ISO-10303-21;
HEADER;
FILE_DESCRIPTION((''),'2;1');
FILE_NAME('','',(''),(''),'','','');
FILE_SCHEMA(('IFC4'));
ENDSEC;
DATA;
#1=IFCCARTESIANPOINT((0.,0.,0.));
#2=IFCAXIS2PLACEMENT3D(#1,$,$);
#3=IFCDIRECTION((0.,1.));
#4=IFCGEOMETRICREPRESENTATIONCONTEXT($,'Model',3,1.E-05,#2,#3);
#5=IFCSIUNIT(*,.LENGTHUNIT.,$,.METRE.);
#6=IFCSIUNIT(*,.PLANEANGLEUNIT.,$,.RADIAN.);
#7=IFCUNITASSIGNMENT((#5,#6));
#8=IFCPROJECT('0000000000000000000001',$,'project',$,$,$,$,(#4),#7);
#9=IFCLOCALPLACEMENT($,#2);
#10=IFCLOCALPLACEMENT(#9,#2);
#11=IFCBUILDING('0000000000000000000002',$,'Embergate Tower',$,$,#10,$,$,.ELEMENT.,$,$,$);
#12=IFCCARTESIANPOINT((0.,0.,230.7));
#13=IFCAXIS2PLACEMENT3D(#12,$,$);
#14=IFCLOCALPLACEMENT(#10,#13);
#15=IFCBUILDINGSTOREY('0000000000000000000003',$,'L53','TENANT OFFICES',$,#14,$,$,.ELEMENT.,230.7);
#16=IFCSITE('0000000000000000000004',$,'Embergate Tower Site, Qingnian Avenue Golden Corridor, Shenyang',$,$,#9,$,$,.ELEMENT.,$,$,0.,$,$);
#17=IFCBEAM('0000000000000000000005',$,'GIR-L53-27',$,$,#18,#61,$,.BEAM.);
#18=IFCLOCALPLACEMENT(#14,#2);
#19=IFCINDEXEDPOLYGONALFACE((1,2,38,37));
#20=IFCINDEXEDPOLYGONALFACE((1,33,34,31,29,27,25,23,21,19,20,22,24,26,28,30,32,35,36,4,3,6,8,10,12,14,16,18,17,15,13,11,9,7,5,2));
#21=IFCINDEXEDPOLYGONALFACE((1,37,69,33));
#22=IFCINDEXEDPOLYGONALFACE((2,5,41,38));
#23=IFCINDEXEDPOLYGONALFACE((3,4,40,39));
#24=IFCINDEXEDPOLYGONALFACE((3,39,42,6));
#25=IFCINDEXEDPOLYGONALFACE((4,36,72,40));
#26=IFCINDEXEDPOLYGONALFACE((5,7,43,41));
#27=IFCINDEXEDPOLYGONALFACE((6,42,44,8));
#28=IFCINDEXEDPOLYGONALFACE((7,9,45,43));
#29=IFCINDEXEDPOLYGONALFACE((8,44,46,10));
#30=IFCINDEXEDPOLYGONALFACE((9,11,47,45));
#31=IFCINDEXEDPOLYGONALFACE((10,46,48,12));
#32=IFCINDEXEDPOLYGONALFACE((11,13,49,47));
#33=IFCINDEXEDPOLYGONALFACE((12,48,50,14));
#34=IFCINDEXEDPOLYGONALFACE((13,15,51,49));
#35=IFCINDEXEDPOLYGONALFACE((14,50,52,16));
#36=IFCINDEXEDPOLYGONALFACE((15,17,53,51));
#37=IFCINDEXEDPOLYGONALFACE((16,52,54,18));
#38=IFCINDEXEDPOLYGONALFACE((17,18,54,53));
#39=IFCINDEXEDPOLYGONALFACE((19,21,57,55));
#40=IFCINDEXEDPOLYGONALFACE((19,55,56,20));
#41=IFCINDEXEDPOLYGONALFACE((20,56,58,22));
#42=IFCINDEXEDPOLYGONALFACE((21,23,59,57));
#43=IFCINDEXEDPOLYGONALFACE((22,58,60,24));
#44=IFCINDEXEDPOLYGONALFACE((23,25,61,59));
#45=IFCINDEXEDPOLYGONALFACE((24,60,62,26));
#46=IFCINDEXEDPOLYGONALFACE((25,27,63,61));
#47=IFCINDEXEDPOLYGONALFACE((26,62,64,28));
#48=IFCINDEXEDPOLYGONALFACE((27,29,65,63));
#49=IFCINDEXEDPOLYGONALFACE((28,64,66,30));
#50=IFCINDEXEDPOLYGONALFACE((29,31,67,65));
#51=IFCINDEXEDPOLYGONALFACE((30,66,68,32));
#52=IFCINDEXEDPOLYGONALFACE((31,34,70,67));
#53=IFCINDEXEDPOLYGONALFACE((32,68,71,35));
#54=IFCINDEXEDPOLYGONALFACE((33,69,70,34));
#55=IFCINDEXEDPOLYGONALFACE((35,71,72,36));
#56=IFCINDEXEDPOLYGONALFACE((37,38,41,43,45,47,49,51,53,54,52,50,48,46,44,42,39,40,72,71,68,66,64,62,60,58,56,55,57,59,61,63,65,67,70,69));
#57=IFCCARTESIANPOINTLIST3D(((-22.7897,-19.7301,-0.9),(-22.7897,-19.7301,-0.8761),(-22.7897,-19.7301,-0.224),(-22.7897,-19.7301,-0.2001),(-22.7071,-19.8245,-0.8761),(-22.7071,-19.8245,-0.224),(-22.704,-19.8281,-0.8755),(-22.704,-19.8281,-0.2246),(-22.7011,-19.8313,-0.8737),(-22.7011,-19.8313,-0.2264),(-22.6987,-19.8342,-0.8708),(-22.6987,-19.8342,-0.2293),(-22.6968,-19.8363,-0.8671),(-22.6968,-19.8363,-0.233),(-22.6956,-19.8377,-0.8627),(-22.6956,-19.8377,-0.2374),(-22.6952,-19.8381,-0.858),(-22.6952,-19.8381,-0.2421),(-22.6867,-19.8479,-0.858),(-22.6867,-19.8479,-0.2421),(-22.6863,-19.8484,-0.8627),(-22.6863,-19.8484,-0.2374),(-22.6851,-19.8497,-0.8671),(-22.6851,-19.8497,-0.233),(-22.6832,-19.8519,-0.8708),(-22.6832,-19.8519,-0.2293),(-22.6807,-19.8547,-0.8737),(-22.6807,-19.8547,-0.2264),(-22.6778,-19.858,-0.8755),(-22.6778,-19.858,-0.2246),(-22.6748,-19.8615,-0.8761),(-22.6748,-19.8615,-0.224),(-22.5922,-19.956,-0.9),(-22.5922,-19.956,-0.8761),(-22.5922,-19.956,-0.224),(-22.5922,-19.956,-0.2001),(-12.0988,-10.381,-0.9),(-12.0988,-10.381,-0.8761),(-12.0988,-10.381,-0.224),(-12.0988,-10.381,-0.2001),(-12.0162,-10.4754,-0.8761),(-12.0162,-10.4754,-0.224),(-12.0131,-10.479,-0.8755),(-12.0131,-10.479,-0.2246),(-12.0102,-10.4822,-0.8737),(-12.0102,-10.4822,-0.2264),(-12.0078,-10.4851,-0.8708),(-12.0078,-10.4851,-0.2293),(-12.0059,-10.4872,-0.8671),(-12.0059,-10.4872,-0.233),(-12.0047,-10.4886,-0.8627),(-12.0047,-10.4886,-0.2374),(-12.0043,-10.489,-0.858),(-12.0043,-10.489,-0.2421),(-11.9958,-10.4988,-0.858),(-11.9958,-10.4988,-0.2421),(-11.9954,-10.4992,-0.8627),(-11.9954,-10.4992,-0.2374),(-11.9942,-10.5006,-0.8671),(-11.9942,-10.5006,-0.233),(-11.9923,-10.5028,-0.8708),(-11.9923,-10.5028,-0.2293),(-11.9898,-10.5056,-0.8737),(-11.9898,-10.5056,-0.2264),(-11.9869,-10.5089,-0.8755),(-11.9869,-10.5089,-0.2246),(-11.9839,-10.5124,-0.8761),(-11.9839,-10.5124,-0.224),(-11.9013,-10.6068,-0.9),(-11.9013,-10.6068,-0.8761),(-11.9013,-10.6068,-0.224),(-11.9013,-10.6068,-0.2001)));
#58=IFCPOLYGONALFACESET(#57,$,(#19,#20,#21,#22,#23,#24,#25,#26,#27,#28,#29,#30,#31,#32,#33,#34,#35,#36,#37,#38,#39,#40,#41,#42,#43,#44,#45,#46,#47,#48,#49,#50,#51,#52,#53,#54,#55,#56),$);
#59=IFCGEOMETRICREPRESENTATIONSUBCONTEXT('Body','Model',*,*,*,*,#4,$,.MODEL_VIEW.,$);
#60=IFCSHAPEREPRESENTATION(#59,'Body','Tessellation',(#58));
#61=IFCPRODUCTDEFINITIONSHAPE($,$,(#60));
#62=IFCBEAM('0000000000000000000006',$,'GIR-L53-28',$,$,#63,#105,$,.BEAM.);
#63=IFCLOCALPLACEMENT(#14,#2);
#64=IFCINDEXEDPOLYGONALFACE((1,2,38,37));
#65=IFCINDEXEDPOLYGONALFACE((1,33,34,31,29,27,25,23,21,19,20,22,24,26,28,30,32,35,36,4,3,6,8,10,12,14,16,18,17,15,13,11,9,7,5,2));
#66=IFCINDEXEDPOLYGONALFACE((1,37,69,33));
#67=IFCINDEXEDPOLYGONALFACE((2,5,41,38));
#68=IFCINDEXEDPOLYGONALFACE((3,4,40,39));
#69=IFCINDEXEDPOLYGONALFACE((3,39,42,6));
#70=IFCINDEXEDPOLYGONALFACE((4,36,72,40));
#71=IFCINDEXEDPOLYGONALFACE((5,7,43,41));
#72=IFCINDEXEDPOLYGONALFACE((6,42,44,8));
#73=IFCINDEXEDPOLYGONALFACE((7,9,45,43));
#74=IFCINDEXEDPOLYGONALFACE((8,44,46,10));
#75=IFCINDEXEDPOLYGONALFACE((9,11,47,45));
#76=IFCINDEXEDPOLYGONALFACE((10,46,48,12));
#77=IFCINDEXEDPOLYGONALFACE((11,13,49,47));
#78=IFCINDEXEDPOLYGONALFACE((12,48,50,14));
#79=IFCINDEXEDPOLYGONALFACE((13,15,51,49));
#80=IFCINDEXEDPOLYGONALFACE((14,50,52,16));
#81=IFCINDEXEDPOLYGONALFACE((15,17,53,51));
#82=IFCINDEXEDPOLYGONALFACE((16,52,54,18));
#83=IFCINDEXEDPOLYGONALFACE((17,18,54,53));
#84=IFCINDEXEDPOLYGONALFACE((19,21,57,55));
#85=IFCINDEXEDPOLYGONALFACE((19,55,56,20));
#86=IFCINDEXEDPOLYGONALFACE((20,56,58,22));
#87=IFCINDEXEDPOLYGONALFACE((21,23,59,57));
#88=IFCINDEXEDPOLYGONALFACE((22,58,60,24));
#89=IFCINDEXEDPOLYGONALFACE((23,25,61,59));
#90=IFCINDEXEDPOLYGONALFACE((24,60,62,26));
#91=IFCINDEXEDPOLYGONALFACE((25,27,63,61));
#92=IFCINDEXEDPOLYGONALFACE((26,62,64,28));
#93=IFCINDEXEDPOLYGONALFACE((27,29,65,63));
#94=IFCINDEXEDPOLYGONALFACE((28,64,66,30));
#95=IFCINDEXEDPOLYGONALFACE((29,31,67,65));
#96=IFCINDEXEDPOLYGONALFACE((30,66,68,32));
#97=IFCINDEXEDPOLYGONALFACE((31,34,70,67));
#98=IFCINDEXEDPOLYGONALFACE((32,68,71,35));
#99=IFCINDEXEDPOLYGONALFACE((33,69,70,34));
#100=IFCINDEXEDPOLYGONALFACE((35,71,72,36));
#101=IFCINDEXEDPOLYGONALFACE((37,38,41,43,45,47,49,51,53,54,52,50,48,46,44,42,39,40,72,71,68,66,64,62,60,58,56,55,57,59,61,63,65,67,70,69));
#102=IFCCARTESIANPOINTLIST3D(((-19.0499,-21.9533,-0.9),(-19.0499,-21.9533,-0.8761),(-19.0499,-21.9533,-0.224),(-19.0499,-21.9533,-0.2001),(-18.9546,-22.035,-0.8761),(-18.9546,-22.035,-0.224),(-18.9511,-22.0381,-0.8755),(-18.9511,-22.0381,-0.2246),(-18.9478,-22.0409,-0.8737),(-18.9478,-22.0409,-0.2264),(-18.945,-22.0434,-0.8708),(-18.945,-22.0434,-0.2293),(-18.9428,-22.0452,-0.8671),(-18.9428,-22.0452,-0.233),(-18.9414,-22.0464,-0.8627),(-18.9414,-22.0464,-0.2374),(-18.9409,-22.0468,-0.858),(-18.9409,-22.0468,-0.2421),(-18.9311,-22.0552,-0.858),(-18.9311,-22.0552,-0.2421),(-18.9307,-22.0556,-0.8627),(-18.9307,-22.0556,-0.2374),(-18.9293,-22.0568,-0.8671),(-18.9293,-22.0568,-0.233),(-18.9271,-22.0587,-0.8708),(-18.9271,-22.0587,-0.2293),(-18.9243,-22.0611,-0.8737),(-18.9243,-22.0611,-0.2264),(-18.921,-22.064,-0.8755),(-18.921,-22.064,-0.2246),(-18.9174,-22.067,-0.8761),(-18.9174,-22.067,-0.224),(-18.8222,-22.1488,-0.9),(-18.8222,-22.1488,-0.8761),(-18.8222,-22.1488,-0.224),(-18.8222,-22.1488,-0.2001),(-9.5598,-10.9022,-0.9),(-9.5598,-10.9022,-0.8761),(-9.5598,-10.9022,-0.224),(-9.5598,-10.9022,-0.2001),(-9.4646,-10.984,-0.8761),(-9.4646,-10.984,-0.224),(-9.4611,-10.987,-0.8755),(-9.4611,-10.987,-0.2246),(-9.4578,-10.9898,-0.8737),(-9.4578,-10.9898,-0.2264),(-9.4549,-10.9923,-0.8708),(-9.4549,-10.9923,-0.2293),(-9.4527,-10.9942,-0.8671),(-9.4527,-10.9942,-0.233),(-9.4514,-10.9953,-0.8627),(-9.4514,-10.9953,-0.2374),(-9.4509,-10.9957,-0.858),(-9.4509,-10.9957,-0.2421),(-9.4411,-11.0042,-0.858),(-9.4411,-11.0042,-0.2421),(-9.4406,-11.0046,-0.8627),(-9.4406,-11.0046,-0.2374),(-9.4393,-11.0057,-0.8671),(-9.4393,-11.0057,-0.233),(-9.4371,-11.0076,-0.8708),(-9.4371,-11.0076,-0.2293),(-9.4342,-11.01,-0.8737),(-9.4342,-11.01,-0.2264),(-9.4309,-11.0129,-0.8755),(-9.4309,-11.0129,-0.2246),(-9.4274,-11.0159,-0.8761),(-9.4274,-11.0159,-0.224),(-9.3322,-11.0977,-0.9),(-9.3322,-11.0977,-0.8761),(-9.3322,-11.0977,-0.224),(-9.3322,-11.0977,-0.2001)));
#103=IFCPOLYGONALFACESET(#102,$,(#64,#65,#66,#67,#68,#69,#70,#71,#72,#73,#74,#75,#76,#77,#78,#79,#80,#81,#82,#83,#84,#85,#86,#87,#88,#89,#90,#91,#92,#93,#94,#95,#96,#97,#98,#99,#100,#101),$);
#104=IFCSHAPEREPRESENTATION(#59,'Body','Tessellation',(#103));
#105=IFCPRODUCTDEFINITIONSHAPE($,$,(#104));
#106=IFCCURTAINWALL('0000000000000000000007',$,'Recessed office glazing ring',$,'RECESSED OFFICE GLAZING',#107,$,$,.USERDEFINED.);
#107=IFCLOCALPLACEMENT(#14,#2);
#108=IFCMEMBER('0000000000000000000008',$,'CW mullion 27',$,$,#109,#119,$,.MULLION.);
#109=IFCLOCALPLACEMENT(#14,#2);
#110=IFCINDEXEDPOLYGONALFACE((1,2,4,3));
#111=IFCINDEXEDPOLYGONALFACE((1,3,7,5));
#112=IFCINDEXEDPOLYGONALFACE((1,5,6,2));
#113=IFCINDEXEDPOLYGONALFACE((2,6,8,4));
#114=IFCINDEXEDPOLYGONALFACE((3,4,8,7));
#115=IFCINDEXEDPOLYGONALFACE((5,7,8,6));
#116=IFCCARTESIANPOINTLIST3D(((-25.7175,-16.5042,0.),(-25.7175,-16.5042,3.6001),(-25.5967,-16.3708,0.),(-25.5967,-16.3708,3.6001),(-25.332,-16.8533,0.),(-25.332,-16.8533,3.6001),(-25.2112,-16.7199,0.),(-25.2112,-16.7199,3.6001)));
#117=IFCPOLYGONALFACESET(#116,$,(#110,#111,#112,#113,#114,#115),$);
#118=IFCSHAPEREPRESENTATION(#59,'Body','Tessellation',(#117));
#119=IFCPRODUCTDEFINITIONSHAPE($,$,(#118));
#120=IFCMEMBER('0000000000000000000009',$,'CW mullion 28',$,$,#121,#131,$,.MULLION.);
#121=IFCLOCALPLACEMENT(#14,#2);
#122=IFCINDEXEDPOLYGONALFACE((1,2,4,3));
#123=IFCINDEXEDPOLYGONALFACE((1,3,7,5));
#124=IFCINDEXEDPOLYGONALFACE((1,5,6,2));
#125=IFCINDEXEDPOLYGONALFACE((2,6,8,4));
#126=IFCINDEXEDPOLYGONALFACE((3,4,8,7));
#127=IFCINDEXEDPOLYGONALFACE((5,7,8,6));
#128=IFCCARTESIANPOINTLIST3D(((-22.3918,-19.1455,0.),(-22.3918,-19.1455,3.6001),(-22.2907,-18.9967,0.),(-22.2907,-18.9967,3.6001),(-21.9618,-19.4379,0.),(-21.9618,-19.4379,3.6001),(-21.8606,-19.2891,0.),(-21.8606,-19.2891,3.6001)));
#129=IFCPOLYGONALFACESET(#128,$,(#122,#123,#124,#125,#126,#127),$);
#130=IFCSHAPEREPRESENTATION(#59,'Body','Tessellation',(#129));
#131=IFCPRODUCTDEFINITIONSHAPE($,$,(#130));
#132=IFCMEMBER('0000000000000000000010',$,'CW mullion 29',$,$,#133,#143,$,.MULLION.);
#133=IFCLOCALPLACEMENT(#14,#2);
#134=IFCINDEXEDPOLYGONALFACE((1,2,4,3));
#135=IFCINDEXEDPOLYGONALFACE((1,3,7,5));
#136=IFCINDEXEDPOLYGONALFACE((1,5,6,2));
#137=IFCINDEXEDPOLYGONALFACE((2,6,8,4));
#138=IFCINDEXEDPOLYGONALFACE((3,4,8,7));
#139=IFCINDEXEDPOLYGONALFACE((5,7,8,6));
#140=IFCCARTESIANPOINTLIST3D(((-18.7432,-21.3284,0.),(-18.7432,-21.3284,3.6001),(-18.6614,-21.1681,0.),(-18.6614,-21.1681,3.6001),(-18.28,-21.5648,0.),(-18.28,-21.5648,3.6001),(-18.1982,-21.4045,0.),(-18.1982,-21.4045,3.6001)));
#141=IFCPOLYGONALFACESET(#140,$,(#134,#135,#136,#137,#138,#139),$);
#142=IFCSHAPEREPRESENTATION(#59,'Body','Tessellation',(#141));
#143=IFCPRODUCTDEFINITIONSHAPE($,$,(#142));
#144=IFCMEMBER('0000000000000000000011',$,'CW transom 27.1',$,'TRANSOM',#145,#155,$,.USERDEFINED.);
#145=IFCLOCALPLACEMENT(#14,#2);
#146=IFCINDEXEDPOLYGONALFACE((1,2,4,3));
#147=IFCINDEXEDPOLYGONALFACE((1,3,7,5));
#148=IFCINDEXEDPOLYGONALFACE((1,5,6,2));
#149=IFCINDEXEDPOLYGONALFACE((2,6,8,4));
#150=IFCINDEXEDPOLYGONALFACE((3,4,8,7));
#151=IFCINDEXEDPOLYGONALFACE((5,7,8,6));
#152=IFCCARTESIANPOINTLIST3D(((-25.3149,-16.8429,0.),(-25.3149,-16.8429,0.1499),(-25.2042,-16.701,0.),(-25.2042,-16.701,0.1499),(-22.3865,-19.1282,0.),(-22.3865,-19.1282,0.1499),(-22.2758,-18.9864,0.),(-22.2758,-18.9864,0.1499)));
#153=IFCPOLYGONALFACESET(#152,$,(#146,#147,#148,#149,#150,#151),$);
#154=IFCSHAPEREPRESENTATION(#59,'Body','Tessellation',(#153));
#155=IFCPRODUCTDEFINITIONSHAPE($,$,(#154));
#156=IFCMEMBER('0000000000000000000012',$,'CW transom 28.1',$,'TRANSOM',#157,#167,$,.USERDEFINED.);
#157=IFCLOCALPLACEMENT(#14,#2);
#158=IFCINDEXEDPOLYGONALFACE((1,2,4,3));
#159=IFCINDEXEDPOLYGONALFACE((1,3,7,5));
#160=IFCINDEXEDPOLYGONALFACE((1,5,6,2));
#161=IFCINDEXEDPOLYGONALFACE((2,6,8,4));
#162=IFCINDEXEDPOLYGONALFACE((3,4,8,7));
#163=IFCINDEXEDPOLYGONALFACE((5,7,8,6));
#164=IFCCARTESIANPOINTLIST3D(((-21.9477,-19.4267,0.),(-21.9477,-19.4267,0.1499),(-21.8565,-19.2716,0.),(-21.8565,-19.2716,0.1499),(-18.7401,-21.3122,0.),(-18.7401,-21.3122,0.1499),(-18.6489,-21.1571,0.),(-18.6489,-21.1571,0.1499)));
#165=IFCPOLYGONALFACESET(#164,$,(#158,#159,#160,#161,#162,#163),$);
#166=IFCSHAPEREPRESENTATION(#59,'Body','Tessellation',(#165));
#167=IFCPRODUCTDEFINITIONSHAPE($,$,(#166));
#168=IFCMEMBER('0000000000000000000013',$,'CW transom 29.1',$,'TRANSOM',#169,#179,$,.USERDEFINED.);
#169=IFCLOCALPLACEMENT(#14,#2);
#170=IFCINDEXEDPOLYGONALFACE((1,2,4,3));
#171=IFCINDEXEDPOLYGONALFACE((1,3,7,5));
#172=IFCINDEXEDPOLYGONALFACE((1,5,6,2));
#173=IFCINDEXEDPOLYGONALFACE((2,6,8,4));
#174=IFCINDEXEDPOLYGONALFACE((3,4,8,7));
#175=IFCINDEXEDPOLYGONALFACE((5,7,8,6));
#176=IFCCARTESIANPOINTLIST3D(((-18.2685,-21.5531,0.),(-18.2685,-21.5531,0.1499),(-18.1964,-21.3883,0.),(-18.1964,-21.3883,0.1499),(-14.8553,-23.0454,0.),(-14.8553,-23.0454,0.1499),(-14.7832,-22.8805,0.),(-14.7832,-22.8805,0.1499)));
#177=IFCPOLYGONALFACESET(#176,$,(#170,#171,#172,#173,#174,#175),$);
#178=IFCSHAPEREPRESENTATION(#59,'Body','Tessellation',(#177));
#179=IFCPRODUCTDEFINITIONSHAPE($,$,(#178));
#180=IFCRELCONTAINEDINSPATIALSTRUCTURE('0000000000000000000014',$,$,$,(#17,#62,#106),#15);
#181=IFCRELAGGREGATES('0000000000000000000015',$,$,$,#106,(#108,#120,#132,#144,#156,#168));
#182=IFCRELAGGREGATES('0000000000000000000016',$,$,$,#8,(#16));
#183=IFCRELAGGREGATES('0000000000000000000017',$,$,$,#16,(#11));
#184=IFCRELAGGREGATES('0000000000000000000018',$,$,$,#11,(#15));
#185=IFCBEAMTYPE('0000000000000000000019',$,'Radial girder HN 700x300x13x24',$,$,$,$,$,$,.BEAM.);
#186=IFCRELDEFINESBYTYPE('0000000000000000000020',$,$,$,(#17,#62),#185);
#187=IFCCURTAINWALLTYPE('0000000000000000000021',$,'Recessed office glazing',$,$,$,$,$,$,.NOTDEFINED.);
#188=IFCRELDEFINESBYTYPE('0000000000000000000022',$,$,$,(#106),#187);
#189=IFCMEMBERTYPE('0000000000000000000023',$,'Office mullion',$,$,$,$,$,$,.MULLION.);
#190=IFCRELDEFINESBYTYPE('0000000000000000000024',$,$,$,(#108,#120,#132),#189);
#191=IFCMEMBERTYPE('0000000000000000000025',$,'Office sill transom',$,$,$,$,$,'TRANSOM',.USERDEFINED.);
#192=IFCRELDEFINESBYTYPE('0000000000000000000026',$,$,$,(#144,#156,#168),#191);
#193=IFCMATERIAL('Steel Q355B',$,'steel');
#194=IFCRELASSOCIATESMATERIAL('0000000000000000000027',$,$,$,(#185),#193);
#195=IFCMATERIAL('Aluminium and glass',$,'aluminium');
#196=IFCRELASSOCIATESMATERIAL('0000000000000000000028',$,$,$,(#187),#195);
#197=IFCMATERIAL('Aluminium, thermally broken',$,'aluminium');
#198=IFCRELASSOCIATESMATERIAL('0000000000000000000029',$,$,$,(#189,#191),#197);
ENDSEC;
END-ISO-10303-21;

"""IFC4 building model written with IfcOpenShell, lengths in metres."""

from ifc_helpers import new_model, si_unit, direction, frame, origin, origin_2d, place, context, subcontext, project, spatial, rectangle, i_section, extrude, source, transform, mapped, material, material_profile, profile_set, type_object, element, aggregate, save


model = new_model("IFC4")

# Units and contexts
model_context = context("Model", 3, precision=1e-05, world=origin(), true_north=direction((0.0, 1.0)))
body_context = subcontext(model_context, "Body", "Model", "MODEL_VIEW")
ifc_project = project(units=[si_unit("LENGTHUNIT", "METRE"), si_unit("PLANEANGLEUNIT", "RADIAN")], contexts=[model_context])

# Site, building, storey
site_placement = place(None, origin())
site = spatial("IfcSite", under=ifc_project, at=site_placement, Name="Embergate Tower Site, Qingnian Avenue Golden Corridor, Shenyang", CompositionType="ELEMENT", RefElevation=0.0)
building_placement = place(site_placement, origin())
building = spatial("IfcBuilding", under=site, at=building_placement, Name="Embergate Tower", CompositionType="ELEMENT")
storey_placement = place(building_placement, frame((0.0, 0.0, 230.7)))
storey = spatial("IfcBuildingStorey", under=building, at=storey_placement, Name="L53", Description="TENANT OFFICES", CompositionType="ELEMENT", Elevation=230.7)

# Beams
ifc_material_1 = material(Name="Steel Q355B", Category="steel")
ifc_material_profile_1 = material_profile(ifc_material_1, i_section(OverallWidth=0.3, OverallDepth=0.7, WebThickness=0.0129, FlangeThickness=0.0239, FilletRadius=0.0181, at=origin_2d()), Name="HN 700x300x13x24")
ifc_profile_set_1 = profile_set([ifc_material_profile_1], Name="Steel Q355 grade B")
beam_type_1 = type_object("IfcBeamType", Name="Radial girder HN 700x300x13x24", PredefinedType="BEAM", material=ifc_profile_set_1)
shared_shape_1 = source(origin(), body_context, "Body", "SweptSolid", [
    extrude(i_section(OverallWidth=0.3, OverallDepth=0.7, WebThickness=0.0129, FlangeThickness=0.0239, FilletRadius=0.0181, at=origin_2d()), origin(), (0.0, 0.0, 1.0), 14.2021),
])
beam_1_placement = place(storey_placement, frame((-22.6909, -19.843, -0.55), z_axis=(0.752766, 0.658288, 0.0), x_axis=(-0.658288, 0.752766, 0.0)))
element("IfcBeam", 1, at=beam_1_placement, inside=storey, type_object=beam_type_1, Name="GIR-L53-27", PredefinedType="BEAM", context=body_context, shape_type="MappedRepresentation", body=[
    mapped(shared_shape_1, transform((0.0, 0.0, 0.0))),
])
shared_shape_2 = source(origin(), body_context, "Body", "SweptSolid", [
    extrude(i_section(OverallWidth=0.3, OverallDepth=0.7, WebThickness=0.0129, FlangeThickness=0.0239, FilletRadius=0.0181, at=origin_2d()), origin(), (0.0, 0.0, 1.0), 14.5667),
])
beam_2_placement = place(storey_placement, frame((-18.936, -22.051, -0.55), z_axis=(0.651491, 0.758656, 0.0), x_axis=(-0.758656, 0.651491, 0.0)))
element("IfcBeam", 2, at=beam_2_placement, inside=storey, type_object=beam_type_1, Name="GIR-L53-28", PredefinedType="BEAM", context=body_context, shape_type="MappedRepresentation", body=[
    mapped(shared_shape_2, transform((0.0, 0.0, 0.0))),
])

# Curtain wall, members
ifc_material_2 = material(Name="Aluminium and glass", Category="aluminium")
curtain_wall_type = type_object("IfcCurtainWallType", Name="Recessed office glazing", PredefinedType="NOTDEFINED", material=ifc_material_2)
curtain_wall_placement = place(storey_placement, origin())
curtain_wall = element("IfcCurtainWall", 3, at=curtain_wall_placement, inside=storey, type_object=curtain_wall_type, Name="Recessed office glazing ring", ObjectType="RECESSED OFFICE GLAZING", PredefinedType="USERDEFINED")
ifc_material_3 = material(Name="Aluminium, thermally broken", Category="aluminium")
ifc_material_profile_2 = material_profile(ifc_material_3, rectangle(XDim=0.1799, YDim=0.52, at=origin_2d()), Name="AL 520x180")
ifc_profile_set_2 = profile_set([ifc_material_profile_2], Name="Aluminium, thermally broken")
member_type_1 = type_object("IfcMemberType", Name="Office mullion", PredefinedType="MULLION", material=ifc_profile_set_2)
shared_shape_3 = source(origin(), body_context, "Body", "SweptSolid", [
    extrude(rectangle(XDim=0.1799, YDim=0.52, at=origin_2d()), origin(), (0.0, 0.0, 1.0), 3.6001),
])
member_1_placement = place(storey_placement, frame((-25.4644, -16.6121, 0.0), z_axis=(0.0, 0.0, 1.0), x_axis=(0.671215, 0.741263, 0.0)))
member_1 = element("IfcMember", 4, at=member_1_placement, type_object=member_type_1, Name="CW mullion 27", PredefinedType="MULLION", context=body_context, shape_type="MappedRepresentation", body=[
    mapped(shared_shape_3, transform((0.0, 0.0, 0.0))),
])
member_2_placement = place(storey_placement, frame((-22.1262, -19.2173, 0.0), z_axis=(0.0, 0.0, 1.0), x_axis=(0.562205, 0.826998, 0.0)))
member_2 = element("IfcMember", 5, at=member_2_placement, type_object=member_type_1, Name="CW mullion 28", PredefinedType="MULLION", context=body_context, shape_type="MappedRepresentation", body=[
    mapped(shared_shape_3, transform((0.0, 0.0, 0.0))),
])
member_3_placement = place(storey_placement, frame((-18.4707, -21.3665, 0.0), z_axis=(0.0, 0.0, 1.0), x_axis=(0.4545, 0.890746, 0.0)))
member_3 = element("IfcMember", 6, at=member_3_placement, type_object=member_type_1, Name="CW mullion 29", PredefinedType="MULLION", context=body_context, shape_type="MappedRepresentation", body=[
    mapped(shared_shape_3, transform((0.0, 0.0, 0.0))),
])
ifc_material_profile_3 = material_profile(ifc_material_3, rectangle(XDim=0.1799, YDim=0.1499, at=origin_2d()), Name="AL 150x180")
ifc_profile_set_3 = profile_set([ifc_material_profile_3], Name="Aluminium, thermally broken")
member_type_2 = type_object("IfcMemberType", Name="Office sill transom", ElementType="TRANSOM", PredefinedType="USERDEFINED", material=ifc_profile_set_3)
shared_shape_4 = source(origin(), body_context, "Body", "SweptSolid", [
    extrude(rectangle(XDim=0.1799, YDim=0.1499, at=origin_2d()), origin(), (0.0, 0.0, 1.0), 3.7146),
])
member_4_placement = place(storey_placement, frame((-25.2595, -16.772, 0.075), z_axis=(0.788346, -0.615232, 0.0), x_axis=(0.615232, 0.788346, 0.0)))
member_4 = element("IfcMember", 7, at=member_4_placement, type_object=member_type_2, Name="CW transom 27.1", ObjectType="TRANSOM", PredefinedType="USERDEFINED", context=body_context, shape_type="MappedRepresentation", body=[
    mapped(shared_shape_4, transform((0.0, 0.0, 0.0))),
])
shared_shape_5 = source(origin(), body_context, "Body", "SweptSolid", [
    extrude(rectangle(XDim=0.1799, YDim=0.1499, at=origin_2d()), origin(), (0.0, 0.0, 1.0), 3.7207),
])
member_5_placement = place(storey_placement, frame((-21.9021, -19.3491, 0.075), z_axis=(0.862084, -0.506765, 0.0), x_axis=(0.506765, 0.862084, 0.0)))
member_5 = element("IfcMember", 8, at=member_5_placement, type_object=member_type_2, Name="CW transom 28.1", ObjectType="TRANSOM", PredefinedType="USERDEFINED", context=body_context, shape_type="MappedRepresentation", body=[
    mapped(shared_shape_5, transform((0.0, 0.0, 0.0))),
])
shared_shape_6 = source(origin(), body_context, "Body", "SweptSolid", [
    extrude(rectangle(XDim=0.1799, YDim=0.1499, at=origin_2d()), origin(), (0.0, 0.0, 1.0), 3.7251),
])
member_6_placement = place(storey_placement, frame((-18.2324, -21.4707, 0.075), z_axis=(0.91626, -0.400585, 0.0), x_axis=(0.400585, 0.91626, 0.0)))
member_6 = element("IfcMember", 9, at=member_6_placement, type_object=member_type_2, Name="CW transom 29.1", ObjectType="TRANSOM", PredefinedType="USERDEFINED", context=body_context, shape_type="MappedRepresentation", body=[
    mapped(shared_shape_6, transform((0.0, 0.0, 0.0))),
])
aggregate(curtain_wall, [member_1, member_2, member_3, member_4, member_5, member_6])

save(model, "model.ifc")
